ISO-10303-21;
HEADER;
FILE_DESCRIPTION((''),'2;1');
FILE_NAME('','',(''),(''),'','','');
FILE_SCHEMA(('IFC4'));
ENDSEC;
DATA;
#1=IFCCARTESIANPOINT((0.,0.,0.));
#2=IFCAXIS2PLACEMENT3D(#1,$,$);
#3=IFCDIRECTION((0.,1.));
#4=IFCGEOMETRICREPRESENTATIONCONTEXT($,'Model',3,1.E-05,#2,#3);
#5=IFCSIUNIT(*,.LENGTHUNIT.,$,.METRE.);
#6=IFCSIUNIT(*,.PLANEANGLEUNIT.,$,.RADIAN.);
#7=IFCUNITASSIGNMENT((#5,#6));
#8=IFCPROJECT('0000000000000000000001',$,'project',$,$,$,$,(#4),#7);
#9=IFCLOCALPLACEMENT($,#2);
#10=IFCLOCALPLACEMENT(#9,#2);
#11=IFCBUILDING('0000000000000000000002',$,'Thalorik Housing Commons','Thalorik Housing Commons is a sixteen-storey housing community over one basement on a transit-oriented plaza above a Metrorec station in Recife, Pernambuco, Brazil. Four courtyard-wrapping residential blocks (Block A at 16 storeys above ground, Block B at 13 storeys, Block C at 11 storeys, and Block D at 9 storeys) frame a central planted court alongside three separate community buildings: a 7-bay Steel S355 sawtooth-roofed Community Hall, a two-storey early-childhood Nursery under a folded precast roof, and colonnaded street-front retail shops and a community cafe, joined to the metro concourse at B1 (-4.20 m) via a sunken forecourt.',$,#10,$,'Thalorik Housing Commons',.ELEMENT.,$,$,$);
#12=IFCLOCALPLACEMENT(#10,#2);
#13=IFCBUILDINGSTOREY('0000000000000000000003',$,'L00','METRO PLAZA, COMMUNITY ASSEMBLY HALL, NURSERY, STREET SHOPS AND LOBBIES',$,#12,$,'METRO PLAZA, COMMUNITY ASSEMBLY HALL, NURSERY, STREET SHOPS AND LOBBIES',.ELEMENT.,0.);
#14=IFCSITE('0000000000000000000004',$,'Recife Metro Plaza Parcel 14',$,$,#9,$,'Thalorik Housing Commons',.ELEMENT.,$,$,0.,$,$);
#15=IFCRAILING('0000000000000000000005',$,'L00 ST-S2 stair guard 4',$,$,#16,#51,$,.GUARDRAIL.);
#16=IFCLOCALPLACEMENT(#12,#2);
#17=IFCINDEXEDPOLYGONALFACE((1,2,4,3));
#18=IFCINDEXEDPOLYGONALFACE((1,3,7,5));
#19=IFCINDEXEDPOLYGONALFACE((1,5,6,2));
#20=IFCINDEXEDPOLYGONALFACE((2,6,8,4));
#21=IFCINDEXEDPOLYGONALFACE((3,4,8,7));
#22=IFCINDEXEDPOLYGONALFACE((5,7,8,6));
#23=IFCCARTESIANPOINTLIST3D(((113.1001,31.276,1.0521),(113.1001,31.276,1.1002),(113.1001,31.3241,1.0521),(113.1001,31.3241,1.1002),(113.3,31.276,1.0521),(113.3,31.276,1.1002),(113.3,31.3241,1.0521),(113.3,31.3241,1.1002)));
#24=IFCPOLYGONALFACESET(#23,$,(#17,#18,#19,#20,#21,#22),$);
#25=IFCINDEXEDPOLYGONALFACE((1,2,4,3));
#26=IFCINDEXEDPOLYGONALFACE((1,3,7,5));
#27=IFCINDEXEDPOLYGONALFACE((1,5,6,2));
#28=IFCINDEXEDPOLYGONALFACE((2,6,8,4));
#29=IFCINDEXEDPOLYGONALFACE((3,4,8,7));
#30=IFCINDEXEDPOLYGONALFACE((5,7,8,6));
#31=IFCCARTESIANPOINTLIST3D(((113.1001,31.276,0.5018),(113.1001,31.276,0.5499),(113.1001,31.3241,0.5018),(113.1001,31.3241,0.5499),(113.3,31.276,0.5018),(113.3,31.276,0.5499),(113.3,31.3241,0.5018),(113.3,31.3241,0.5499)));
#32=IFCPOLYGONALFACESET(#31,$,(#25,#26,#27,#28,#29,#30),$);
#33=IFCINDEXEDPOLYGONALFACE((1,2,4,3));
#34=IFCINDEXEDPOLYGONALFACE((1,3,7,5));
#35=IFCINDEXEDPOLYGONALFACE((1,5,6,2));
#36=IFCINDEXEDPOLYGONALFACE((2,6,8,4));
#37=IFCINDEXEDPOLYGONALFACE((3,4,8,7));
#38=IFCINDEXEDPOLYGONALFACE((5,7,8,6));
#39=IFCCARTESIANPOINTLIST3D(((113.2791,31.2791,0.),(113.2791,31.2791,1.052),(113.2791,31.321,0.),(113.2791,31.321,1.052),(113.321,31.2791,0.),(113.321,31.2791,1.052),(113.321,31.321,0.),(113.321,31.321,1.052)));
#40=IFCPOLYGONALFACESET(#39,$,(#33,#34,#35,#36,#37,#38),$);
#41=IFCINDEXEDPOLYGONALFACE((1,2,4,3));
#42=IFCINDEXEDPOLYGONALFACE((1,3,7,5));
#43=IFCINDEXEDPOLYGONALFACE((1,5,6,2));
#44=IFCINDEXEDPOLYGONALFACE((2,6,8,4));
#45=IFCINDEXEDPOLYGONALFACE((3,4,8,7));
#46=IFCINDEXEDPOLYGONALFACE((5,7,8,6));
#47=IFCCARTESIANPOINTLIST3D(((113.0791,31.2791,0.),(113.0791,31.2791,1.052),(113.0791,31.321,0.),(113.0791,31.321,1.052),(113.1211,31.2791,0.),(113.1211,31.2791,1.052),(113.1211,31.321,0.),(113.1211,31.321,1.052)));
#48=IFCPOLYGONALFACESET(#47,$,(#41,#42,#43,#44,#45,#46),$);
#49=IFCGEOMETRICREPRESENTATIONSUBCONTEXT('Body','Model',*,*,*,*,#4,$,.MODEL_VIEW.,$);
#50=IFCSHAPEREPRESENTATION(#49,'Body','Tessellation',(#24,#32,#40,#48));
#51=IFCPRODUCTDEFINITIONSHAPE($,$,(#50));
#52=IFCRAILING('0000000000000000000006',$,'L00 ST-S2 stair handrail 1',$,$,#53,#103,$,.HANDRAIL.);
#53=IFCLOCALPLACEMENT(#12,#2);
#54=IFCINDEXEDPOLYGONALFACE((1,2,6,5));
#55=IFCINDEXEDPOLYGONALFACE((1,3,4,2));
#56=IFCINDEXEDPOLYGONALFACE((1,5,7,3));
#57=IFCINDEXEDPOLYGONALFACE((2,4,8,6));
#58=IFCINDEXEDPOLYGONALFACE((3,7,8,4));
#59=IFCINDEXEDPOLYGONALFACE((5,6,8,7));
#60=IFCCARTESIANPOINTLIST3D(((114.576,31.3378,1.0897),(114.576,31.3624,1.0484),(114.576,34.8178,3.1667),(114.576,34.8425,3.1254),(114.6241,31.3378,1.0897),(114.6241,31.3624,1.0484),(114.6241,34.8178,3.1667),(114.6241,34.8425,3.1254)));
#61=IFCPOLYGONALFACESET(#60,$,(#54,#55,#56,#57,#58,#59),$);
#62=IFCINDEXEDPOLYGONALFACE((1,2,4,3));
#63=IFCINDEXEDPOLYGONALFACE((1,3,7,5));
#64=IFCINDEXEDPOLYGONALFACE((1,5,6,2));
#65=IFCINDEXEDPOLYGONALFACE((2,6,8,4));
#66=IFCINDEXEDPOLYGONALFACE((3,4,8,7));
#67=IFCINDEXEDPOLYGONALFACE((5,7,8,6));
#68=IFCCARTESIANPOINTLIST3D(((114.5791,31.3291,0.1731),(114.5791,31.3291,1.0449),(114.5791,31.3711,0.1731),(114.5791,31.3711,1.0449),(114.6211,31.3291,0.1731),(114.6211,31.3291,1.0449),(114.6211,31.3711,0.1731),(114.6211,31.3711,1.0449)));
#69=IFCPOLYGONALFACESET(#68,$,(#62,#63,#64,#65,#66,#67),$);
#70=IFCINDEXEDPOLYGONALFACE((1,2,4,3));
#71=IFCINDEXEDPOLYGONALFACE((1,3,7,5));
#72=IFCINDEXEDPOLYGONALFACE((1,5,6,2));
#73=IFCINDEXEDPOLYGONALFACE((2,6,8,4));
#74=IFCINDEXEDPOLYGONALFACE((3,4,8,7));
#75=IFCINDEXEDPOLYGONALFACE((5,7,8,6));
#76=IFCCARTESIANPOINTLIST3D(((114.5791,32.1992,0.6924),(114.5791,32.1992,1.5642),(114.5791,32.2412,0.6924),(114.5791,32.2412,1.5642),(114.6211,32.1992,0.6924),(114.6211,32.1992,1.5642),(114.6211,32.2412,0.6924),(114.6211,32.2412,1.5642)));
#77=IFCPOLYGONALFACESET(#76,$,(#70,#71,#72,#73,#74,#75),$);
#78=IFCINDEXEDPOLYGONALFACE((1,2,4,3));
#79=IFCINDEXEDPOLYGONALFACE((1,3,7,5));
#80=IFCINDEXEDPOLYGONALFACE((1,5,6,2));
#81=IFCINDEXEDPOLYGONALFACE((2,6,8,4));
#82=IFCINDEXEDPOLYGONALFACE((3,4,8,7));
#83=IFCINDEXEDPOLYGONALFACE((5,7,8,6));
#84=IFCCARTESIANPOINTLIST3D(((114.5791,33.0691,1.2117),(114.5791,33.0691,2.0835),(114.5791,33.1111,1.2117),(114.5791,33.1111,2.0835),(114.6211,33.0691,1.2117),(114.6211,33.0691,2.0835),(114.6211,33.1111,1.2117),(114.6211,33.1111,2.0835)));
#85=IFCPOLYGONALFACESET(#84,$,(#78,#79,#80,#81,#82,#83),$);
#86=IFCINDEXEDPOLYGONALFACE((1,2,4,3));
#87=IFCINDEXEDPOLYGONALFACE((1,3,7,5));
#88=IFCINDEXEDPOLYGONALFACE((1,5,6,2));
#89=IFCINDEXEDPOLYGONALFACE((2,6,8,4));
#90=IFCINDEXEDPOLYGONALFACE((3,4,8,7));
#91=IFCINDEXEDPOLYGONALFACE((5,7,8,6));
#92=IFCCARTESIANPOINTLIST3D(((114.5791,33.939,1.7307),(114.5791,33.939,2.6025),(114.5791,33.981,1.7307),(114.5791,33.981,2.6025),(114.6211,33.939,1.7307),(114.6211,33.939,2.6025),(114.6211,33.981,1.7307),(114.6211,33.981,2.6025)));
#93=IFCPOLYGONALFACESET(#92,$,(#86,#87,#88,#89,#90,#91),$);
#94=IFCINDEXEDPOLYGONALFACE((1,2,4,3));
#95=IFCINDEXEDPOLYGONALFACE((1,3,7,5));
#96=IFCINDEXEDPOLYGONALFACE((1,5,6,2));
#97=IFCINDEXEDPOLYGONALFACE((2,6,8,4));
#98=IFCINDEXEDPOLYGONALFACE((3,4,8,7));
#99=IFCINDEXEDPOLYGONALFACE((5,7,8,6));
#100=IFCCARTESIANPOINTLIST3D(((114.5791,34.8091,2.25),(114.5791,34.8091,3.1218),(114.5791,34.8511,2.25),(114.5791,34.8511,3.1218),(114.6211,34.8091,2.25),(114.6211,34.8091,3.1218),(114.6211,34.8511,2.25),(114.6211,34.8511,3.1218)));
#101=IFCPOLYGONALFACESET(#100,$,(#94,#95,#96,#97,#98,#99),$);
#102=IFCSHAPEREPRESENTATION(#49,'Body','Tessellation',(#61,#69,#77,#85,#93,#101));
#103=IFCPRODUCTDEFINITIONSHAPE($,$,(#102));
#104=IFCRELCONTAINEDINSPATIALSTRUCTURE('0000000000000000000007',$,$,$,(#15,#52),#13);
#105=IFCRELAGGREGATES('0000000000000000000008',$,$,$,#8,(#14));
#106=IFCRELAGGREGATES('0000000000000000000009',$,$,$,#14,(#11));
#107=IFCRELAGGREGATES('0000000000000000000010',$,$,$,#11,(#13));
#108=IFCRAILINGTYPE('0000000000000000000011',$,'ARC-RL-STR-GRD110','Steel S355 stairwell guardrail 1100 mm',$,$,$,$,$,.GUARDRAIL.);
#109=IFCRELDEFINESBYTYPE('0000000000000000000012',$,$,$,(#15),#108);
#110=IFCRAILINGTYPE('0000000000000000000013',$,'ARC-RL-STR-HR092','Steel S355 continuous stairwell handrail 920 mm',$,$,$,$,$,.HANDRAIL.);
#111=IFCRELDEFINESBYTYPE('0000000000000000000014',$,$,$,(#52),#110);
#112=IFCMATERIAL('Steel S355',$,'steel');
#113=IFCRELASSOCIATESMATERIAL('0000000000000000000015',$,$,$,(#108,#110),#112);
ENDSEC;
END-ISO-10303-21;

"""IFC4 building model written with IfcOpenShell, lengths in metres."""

from ifc_helpers import new_model, si_unit, direction, frame, origin, origin_2d, place, context, subcontext, project, spatial, rectangle, extrude, material, type_object, element, save


model = new_model("IFC4")

# Units and contexts
model_context = context("Model", 3, precision=1e-05, world=origin(), true_north=direction((0.0, 1.0)))
body_context = subcontext(model_context, "Body", "Model", "MODEL_VIEW")
ifc_project = project(units=[si_unit("LENGTHUNIT", "METRE"), si_unit("PLANEANGLEUNIT", "RADIAN")], contexts=[model_context])

# Site, building, storey
site_placement = place(None, origin())
site = spatial("IfcSite", under=ifc_project, at=site_placement, Name="Recife Metro Plaza Parcel 14", LongName="Thalorik Housing Commons", CompositionType="ELEMENT", RefElevation=0.0)
building_placement = place(site_placement, origin())
building = spatial("IfcBuilding", under=site, at=building_placement, Name="Thalorik Housing Commons", Description="Thalorik Housing Commons is a sixteen-storey housing community over one basement on a transit-oriented plaza above a Metrorec station in Recife, Pernambuco, Brazil. Four courtyard-wrapping residential blocks (Block A at 16 storeys above ground, Block B at 13 storeys, Block C at 11 storeys, and Block D at 9 storeys) frame a central planted court alongside three separate community buildings: a 7-bay Steel S355 sawtooth-roofed Community Hall, a two-storey early-childhood Nursery under a folded precast roof, and colonnaded street-front retail shops and a community cafe, joined to the metro concourse at B1 (-4.20 m) via a sunken forecourt.", LongName="Thalorik Housing Commons", CompositionType="ELEMENT")
storey_placement = place(building_placement, origin())
storey = spatial("IfcBuildingStorey", under=building, at=storey_placement, Name="L00", Description="METRO PLAZA, COMMUNITY ASSEMBLY HALL, NURSERY, STREET SHOPS AND LOBBIES", LongName="METRO PLAZA, COMMUNITY ASSEMBLY HALL, NURSERY, STREET SHOPS AND LOBBIES", CompositionType="ELEMENT", Elevation=0.0)

# Railings
ifc_material_1 = material(Name="Steel S355", Category="steel")
railing_type_1 = type_object("IfcRailingType", Name="ARC-RL-STR-GRD110", Description="Steel S355 stairwell guardrail 1100 mm", PredefinedType="GUARDRAIL", material=ifc_material_1)
railing_1_placement = place(storey_placement, frame((113.3, 31.3, 0.0)))
element("IfcRailing", 1, at=railing_1_placement, inside=storey, type_object=railing_type_1, Name="L00 ST-S2 stair guard 4", PredefinedType="GUARDRAIL", context=body_context, shape_type="SweptSolid", body=[
    extrude(rectangle(XDim=0.0481, YDim=0.0481, at=origin_2d()), frame((0.0, 0.0, 1.0762), z_axis=(-1.0, 0.0, 0.0), x_axis=(0.0, -1.0, 0.0)), (0.0, 0.0, 1.0), 0.2),
    extrude(rectangle(XDim=0.0481, YDim=0.0481, at=origin_2d()), frame((0.0, 0.0, 0.5259), z_axis=(-1.0, 0.0, 0.0), x_axis=(0.0, -1.0, 0.0)), (0.0, 0.0, 1.0), 0.2),
    extrude(rectangle(XDim=0.042, YDim=0.042, at=origin_2d()), origin(), (0.0, 0.0, 1.0), 1.052),
    extrude(rectangle(XDim=0.042, YDim=0.042, at=origin_2d()), frame((-0.2, 0.0, 0.0)), (0.0, 0.0, 1.0), 1.052),
])
railing_type_2 = type_object("IfcRailingType", Name="ARC-RL-STR-HR092", Description="Steel S355 continuous stairwell handrail 920 mm", PredefinedType="HANDRAIL", material=ifc_material_1)
railing_2_placement = place(storey_placement, frame((114.6001, 31.3501, 0.1731)))
element("IfcRailing", 2, at=railing_2_placement, inside=storey, type_object=railing_type_2, Name="L00 ST-S2 stair handrail 1", PredefinedType="HANDRAIL", context=body_context, shape_type="SweptSolid", body=[
    extrude(rectangle(XDim=0.0481, YDim=0.0481, at=origin_2d()), frame((0.0, 0.0, 0.896), z_axis=(0.0, 0.858697, 0.512483), x_axis=(-1.0, 0.0, 0.0)), (0.0, 0.0, 1.0), 4.0527),
    extrude(rectangle(XDim=0.042, YDim=0.042, at=origin_2d()), origin(), (0.0, 0.0, 1.0), 0.8718),
    extrude(rectangle(XDim=0.042, YDim=0.042, at=origin_2d()), frame((0.0, 0.8701, 0.5193)), (0.0, 0.0, 1.0), 0.8718),
    extrude(rectangle(XDim=0.042, YDim=0.042, at=origin_2d()), frame((0.0, 1.74, 1.0386)), (0.0, 0.0, 1.0), 0.8718),
    extrude(rectangle(XDim=0.042, YDim=0.042, at=origin_2d()), frame((0.0, 2.6099, 1.5576)), (0.0, 0.0, 1.0), 0.8718),
    extrude(rectangle(XDim=0.042, YDim=0.042, at=origin_2d()), frame((0.0, 3.48, 2.0769)), (0.0, 0.0, 1.0), 0.8718),
])

save(model, "model.ifc")
